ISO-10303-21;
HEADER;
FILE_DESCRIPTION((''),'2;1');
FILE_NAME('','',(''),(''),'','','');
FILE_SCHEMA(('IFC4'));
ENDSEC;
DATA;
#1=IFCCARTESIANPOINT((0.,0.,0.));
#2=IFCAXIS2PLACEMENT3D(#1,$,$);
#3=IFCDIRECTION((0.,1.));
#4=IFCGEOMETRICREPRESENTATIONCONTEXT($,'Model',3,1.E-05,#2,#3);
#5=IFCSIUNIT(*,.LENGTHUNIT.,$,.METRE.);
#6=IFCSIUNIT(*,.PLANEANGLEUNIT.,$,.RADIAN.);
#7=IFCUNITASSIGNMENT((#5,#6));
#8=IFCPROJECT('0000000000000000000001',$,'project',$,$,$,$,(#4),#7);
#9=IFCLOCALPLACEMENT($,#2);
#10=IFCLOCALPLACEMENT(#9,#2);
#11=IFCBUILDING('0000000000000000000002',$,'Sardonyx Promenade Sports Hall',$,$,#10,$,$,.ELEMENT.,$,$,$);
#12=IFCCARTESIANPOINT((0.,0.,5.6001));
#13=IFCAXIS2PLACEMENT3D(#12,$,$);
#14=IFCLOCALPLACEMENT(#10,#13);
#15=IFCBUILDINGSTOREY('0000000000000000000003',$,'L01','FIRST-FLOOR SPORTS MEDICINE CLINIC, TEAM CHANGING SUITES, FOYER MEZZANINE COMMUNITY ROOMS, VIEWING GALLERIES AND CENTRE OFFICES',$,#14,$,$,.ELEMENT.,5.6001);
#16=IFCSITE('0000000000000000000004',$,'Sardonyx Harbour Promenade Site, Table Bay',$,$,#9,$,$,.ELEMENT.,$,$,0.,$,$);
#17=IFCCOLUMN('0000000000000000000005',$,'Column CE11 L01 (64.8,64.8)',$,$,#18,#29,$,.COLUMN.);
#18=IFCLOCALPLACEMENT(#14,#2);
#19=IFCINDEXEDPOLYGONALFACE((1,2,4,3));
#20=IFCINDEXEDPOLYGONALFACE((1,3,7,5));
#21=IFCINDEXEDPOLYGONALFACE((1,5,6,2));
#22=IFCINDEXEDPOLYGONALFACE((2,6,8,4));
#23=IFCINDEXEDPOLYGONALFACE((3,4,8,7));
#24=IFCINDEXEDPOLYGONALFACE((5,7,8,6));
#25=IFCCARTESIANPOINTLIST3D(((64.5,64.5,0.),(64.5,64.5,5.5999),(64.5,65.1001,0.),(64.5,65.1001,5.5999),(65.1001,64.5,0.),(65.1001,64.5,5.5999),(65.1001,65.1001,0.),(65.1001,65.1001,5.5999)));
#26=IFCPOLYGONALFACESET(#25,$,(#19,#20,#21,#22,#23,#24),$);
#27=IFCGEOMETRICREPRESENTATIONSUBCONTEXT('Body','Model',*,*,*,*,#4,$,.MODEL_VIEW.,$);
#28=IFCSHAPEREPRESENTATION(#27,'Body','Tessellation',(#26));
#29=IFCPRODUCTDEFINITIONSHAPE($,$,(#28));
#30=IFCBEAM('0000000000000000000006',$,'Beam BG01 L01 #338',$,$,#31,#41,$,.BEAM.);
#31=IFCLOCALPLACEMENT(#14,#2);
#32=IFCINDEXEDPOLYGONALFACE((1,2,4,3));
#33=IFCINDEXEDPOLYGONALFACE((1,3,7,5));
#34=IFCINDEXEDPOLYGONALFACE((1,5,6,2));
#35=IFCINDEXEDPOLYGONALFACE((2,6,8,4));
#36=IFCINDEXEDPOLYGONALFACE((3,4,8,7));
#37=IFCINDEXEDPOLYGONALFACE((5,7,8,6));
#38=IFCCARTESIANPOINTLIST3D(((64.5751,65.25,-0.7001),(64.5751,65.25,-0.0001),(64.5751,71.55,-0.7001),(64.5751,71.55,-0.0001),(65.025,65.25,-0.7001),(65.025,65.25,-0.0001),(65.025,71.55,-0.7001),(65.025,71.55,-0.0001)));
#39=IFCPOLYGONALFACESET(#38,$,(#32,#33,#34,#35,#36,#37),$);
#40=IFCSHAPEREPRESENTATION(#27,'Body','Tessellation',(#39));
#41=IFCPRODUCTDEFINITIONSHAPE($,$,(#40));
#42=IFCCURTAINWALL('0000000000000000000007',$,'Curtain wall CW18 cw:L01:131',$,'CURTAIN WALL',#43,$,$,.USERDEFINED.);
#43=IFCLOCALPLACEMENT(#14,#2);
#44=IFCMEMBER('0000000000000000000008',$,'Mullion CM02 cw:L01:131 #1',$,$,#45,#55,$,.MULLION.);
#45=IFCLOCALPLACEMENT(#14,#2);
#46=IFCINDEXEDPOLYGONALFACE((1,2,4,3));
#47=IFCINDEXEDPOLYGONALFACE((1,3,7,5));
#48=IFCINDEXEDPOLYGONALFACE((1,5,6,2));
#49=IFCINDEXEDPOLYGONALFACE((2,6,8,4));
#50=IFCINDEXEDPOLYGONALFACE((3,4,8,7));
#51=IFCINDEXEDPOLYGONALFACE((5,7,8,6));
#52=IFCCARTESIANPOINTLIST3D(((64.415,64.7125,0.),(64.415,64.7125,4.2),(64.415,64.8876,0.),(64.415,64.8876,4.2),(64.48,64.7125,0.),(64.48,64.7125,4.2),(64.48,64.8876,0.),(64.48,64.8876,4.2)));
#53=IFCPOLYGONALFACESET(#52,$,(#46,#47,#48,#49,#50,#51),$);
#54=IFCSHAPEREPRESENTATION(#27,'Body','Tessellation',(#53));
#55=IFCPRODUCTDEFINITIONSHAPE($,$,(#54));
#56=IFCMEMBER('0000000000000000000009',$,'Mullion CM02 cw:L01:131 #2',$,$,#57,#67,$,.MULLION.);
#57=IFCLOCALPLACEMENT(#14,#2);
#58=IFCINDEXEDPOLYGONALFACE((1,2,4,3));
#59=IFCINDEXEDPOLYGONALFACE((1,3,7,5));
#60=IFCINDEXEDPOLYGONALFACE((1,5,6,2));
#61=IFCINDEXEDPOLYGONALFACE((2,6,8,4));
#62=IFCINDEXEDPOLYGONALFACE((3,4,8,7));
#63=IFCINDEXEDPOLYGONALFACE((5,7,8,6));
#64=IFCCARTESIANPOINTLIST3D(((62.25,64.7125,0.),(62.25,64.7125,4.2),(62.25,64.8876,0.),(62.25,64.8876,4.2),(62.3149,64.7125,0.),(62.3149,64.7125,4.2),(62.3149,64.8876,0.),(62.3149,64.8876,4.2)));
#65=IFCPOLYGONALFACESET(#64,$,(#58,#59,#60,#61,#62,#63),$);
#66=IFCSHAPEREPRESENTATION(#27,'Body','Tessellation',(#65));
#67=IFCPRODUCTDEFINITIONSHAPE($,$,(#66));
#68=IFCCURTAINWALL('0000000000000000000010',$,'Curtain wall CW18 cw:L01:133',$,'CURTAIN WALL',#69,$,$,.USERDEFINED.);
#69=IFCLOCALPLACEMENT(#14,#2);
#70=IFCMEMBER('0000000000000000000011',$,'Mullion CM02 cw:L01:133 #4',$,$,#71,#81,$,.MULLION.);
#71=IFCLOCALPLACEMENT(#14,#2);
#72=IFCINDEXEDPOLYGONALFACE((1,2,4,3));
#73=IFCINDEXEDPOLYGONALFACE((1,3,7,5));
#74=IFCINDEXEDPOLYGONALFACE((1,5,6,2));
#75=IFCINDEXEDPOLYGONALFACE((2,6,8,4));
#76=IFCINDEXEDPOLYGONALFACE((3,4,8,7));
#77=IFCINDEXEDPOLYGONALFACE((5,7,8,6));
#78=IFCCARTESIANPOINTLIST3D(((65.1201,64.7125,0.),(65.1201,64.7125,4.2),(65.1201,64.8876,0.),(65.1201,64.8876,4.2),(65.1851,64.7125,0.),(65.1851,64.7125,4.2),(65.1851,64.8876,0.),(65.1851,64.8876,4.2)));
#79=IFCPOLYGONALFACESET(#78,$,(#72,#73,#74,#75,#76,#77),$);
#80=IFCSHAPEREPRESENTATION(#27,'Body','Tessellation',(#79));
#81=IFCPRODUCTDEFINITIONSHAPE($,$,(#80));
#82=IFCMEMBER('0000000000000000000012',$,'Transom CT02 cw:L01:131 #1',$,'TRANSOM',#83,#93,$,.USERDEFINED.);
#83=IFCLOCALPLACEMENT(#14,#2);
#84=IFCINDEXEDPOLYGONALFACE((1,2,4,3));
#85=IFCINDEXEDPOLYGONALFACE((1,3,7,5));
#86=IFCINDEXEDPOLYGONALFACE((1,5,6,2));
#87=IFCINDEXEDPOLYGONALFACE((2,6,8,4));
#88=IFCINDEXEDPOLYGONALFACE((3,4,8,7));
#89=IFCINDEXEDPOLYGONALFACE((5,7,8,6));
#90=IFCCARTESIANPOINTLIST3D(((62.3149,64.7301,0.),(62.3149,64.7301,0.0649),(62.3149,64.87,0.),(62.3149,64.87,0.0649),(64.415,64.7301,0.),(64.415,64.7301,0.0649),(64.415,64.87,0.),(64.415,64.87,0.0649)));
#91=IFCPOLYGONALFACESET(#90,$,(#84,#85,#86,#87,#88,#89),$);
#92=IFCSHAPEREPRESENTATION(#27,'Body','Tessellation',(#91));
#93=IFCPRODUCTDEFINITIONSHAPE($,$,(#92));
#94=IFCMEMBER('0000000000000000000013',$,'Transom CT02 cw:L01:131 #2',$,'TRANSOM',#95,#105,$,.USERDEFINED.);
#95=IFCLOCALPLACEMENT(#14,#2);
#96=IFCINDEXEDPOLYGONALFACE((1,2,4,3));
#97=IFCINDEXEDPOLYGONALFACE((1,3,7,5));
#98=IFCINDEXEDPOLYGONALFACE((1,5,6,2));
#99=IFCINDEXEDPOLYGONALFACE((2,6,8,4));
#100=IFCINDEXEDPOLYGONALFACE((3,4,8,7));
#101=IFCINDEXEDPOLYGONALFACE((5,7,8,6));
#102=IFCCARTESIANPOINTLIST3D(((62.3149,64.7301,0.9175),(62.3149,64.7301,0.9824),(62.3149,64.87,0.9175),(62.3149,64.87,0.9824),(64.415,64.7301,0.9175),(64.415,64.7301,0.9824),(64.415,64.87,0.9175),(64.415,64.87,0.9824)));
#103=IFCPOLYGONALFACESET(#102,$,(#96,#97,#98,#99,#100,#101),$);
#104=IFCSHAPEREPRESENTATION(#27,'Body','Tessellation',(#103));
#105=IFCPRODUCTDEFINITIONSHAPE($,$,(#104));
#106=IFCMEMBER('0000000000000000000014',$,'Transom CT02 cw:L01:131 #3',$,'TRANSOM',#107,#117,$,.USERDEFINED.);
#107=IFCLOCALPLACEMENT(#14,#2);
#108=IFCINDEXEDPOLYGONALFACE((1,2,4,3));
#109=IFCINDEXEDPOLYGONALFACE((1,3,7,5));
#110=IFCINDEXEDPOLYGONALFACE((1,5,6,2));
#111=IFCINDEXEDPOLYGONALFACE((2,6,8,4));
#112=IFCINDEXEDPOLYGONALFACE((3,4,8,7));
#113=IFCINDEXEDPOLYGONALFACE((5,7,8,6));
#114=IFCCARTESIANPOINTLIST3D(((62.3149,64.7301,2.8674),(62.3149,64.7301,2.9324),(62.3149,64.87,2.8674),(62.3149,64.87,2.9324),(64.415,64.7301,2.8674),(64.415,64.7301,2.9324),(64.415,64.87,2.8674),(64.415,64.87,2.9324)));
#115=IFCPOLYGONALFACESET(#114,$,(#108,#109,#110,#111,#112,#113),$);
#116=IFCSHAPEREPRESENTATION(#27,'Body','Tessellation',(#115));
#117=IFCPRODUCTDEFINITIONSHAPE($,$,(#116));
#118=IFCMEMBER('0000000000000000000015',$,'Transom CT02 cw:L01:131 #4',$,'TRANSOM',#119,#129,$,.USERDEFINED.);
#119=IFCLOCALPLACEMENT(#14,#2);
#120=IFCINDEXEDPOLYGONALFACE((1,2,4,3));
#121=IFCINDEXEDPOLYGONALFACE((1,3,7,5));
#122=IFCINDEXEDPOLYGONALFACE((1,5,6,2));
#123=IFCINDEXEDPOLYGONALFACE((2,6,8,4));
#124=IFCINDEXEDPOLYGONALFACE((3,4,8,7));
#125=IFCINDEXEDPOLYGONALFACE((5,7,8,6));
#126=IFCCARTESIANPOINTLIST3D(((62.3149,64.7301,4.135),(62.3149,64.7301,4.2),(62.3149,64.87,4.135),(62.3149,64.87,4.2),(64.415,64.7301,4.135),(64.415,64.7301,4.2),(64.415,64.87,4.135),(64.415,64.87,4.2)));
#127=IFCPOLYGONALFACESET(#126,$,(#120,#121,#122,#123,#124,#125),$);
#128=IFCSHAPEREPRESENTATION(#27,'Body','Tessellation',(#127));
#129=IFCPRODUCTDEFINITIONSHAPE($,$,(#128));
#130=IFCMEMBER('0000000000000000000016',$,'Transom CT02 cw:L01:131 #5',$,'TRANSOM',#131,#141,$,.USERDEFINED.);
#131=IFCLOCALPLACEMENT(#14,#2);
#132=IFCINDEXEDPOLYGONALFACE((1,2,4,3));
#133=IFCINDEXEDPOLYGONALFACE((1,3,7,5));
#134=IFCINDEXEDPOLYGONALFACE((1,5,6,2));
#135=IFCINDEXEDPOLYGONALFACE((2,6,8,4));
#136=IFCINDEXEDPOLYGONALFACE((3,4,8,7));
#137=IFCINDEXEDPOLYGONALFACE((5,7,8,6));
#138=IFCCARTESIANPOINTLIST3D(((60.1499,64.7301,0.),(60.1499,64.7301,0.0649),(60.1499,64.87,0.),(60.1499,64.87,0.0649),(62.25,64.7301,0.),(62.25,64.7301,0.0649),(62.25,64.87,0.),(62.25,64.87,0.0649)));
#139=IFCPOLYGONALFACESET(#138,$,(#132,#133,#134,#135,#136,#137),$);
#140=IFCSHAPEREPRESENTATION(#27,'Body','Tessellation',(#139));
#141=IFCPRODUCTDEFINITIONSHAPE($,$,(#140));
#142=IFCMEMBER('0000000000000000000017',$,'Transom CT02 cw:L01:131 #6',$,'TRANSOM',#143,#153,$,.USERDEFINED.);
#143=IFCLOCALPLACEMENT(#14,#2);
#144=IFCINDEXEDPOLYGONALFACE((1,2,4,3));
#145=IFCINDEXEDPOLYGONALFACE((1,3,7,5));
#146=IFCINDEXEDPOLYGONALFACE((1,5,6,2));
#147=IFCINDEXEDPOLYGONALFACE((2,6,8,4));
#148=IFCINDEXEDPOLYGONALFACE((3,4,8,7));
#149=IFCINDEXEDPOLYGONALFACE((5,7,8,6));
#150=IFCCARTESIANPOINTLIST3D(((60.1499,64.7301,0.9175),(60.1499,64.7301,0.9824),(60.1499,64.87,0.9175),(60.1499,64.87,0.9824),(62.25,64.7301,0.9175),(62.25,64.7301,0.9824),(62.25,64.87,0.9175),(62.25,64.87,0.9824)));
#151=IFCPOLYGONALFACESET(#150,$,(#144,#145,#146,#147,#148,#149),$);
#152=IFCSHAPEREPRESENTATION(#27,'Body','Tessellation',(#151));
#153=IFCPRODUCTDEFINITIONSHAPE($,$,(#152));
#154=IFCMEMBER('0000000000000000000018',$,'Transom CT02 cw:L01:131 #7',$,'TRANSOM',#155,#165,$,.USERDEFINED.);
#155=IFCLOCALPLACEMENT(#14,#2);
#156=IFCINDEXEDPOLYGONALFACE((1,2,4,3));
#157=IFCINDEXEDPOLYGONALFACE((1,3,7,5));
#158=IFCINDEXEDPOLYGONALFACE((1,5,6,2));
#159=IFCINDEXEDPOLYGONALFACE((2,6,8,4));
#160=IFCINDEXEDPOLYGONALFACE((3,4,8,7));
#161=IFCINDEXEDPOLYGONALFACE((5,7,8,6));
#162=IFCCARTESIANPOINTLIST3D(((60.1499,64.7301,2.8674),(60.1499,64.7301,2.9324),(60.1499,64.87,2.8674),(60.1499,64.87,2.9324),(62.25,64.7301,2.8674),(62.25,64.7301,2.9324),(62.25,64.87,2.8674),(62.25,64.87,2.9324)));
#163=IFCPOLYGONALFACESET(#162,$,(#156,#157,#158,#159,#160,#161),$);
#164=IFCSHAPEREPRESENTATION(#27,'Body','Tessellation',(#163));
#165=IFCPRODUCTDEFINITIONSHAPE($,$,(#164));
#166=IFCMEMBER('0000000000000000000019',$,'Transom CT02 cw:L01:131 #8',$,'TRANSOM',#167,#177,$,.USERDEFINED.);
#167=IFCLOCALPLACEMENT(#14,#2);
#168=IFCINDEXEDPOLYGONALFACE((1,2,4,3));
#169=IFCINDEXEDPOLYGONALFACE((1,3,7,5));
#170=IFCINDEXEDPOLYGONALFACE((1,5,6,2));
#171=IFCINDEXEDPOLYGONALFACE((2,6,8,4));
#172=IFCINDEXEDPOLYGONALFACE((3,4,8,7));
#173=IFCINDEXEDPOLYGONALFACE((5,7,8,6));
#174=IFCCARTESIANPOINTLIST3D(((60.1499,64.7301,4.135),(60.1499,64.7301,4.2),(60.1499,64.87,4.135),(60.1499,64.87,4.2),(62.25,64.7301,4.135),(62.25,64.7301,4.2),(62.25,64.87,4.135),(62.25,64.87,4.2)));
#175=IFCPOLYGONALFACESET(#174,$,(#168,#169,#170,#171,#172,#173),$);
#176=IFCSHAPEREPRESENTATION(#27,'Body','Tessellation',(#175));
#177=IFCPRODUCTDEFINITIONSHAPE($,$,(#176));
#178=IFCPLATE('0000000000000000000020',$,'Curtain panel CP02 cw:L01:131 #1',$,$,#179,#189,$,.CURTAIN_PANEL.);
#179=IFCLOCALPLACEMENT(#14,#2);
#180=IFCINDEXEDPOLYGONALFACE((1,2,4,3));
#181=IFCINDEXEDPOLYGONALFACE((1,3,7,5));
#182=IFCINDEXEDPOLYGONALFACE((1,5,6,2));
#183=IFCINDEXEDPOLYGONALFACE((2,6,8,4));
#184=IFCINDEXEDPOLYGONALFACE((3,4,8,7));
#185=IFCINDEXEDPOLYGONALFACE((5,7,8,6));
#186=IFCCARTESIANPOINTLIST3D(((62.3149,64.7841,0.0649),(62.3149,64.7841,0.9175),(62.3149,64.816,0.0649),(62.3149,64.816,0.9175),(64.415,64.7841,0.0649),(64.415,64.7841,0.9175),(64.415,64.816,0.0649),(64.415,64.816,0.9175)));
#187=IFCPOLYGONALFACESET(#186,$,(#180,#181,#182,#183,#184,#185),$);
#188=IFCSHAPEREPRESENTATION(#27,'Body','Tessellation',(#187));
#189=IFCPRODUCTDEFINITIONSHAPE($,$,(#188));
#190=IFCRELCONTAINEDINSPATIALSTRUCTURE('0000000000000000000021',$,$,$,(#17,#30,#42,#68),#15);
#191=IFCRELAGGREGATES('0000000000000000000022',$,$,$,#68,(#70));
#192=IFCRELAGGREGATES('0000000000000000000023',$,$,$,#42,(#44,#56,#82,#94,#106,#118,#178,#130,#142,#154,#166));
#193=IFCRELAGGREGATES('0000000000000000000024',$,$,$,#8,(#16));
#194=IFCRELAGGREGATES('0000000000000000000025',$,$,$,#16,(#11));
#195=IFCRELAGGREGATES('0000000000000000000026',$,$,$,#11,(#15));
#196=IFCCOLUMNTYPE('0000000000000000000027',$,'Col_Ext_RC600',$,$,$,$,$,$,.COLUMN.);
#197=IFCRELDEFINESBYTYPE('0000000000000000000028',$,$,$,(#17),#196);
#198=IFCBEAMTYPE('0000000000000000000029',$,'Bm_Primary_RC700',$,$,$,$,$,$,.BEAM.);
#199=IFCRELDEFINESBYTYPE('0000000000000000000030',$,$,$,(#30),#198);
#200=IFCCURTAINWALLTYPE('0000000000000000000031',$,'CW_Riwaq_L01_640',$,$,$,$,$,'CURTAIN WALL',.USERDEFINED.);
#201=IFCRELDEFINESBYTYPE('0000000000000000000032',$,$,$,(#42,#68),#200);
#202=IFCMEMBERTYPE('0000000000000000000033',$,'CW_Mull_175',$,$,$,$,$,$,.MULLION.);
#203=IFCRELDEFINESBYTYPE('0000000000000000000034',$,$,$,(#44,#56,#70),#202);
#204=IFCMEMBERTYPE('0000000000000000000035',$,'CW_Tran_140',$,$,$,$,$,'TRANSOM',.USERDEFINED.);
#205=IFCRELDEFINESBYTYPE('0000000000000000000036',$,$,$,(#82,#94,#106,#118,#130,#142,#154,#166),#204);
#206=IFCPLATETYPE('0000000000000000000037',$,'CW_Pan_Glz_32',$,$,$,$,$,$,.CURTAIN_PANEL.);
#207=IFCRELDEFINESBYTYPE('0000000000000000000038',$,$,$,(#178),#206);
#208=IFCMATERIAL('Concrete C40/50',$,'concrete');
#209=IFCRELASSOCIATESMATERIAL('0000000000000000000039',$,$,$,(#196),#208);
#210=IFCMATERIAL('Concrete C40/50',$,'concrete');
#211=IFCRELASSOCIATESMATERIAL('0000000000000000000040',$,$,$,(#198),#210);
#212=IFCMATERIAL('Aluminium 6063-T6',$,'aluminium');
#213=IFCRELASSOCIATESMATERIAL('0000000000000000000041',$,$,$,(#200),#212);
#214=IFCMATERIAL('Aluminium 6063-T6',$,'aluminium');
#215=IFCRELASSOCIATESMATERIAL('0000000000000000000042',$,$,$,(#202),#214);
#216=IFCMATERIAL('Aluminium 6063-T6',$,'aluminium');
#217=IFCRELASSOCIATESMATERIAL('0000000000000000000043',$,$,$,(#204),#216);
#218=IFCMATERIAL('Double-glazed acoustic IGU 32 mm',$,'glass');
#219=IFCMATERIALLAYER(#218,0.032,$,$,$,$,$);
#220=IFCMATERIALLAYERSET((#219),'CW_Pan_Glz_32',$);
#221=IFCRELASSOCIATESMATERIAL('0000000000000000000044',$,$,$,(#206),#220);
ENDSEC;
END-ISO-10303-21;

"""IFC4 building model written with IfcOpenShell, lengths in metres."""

from ifc_helpers import new_model, si_unit, direction, frame, origin, origin_2d, place, context, subcontext, project, spatial, rectangle, extrude, material, layer, layer_set, material_profile, profile_set, type_object, element, aggregate, save


model = new_model("IFC4")

# Units and contexts
model_context = context("Model", 3, precision=1e-05, world=origin(), true_north=direction((0.0, 1.0)))
body_context = subcontext(model_context, "Body", "Model", "MODEL_VIEW")
ifc_project = project(units=[si_unit("LENGTHUNIT", "METRE"), si_unit("PLANEANGLEUNIT", "RADIAN")], contexts=[model_context])

# Site, building, storey
site_placement = place(None, origin())
site = spatial("IfcSite", under=ifc_project, at=site_placement, Name="Sardonyx Harbour Promenade Site, Table Bay", CompositionType="ELEMENT", RefElevation=0.0)
building_placement = place(site_placement, origin())
building = spatial("IfcBuilding", under=site, at=building_placement, Name="Sardonyx Promenade Sports Hall", CompositionType="ELEMENT")
storey_placement = place(building_placement, frame((0.0, 0.0, 5.6001)))
storey = spatial("IfcBuildingStorey", under=building, at=storey_placement, Name="L01", Description="FIRST-FLOOR SPORTS MEDICINE CLINIC, TEAM CHANGING SUITES, FOYER MEZZANINE COMMUNITY ROOMS, VIEWING GALLERIES AND CENTRE OFFICES", CompositionType="ELEMENT", Elevation=5.6001)

# Column
ifc_material_1 = material(Name="Concrete C40/50", Category="concrete")
ifc_material_profile_1 = material_profile(ifc_material_1, rectangle(XDim=0.6001, YDim=0.6001, at=origin_2d()))
ifc_profile_set_1 = profile_set([ifc_material_profile_1], Name="Concrete C40/50")
column_type = type_object("IfcColumnType", Name="Col_Ext_RC600", PredefinedType="COLUMN", material=ifc_profile_set_1)
column_placement = place(storey_placement, frame((64.8, 64.8, 0.0), z_axis=(0.0, 0.0, 1.0), x_axis=(1.0, 0.0, 0.0)))
element("IfcColumn", 1, at=column_placement, inside=storey, type_object=column_type, Name="Column CE11 L01 (64.8,64.8)", PredefinedType="COLUMN", context=body_context, shape_type="SweptSolid", body=[
    extrude(rectangle(XDim=0.6001, YDim=0.6001, at=origin_2d()), origin(), (0.0, 0.0, 1.0), 5.5999),
])

# Beam
ifc_material_2 = material(Name="Concrete C40/50", Category="concrete")
ifc_material_profile_2 = material_profile(ifc_material_2, rectangle(XDim=0.45, YDim=0.7, at=origin_2d()))
ifc_profile_set_2 = profile_set([ifc_material_profile_2], Name="Concrete C40/50")
beam_type = type_object("IfcBeamType", Name="Bm_Primary_RC700", PredefinedType="BEAM", material=ifc_profile_set_2)
beam_placement = place(storey_placement, frame((64.8, 65.25, -0.3501), z_axis=(0.0, 1.0, 0.0), x_axis=(-1.0, 0.0, 0.0)))
element("IfcBeam", 2, at=beam_placement, inside=storey, type_object=beam_type, Name="Beam BG01 L01 #338", PredefinedType="BEAM", context=body_context, shape_type="SweptSolid", body=[
    extrude(rectangle(XDim=0.45, YDim=0.7, at=origin_2d()), origin(), (0.0, 0.0, 1.0), 6.3),
])

# Curtain wall, members
ifc_material_3 = material(Name="Aluminium 6063-T6", Category="aluminium")
curtain_wall_type = type_object("IfcCurtainWallType", Name="CW_Riwaq_L01_640", ElementType="CURTAIN WALL", PredefinedType="USERDEFINED", material=ifc_material_3)
curtain_wall_1_placement = place(storey_placement, origin())
curtain_wall_1 = element("IfcCurtainWall", 3, at=curtain_wall_1_placement, inside=storey, type_object=curtain_wall_type, Name="Curtain wall CW18 cw:L01:131", ObjectType="CURTAIN WALL", PredefinedType="USERDEFINED")
ifc_material_4 = material(Name="Aluminium 6063-T6", Category="aluminium")
ifc_material_profile_3 = material_profile(ifc_material_4, rectangle(XDim=0.0649, YDim=0.175, at=origin_2d()))
ifc_profile_set_3 = profile_set([ifc_material_profile_3], Name="Aluminium 6063-T6")
member_type_1 = type_object("IfcMemberType", Name="CW_Mull_175", PredefinedType="MULLION", material=ifc_profile_set_3)
member_1_placement = place(storey_placement, frame((64.4475, 64.8, 0.0), z_axis=(0.0, 0.0, 1.0), x_axis=(-1.0, 0.0, 0.0)))
member_1 = element("IfcMember", 4, at=member_1_placement, type_object=member_type_1, Name="Mullion CM02 cw:L01:131 #1", PredefinedType="MULLION", context=body_context, shape_type="SweptSolid", body=[
    extrude(rectangle(XDim=0.0649, YDim=0.175, at=origin_2d()), origin(), (0.0, 0.0, 1.0), 4.2),
])
member_2_placement = place(storey_placement, frame((62.2825, 64.8, 0.0), z_axis=(0.0, 0.0, 1.0), x_axis=(-1.0, 0.0, 0.0)))
member_2 = element("IfcMember", 5, at=member_2_placement, type_object=member_type_1, Name="Mullion CM02 cw:L01:131 #2", PredefinedType="MULLION", context=body_context, shape_type="SweptSolid", body=[
    extrude(rectangle(XDim=0.0649, YDim=0.175, at=origin_2d()), origin(), (0.0, 0.0, 1.0), 4.2),
])

# Curtain wall, member
curtain_wall_2_placement = place(storey_placement, origin())
curtain_wall_2 = element("IfcCurtainWall", 6, at=curtain_wall_2_placement, inside=storey, type_object=curtain_wall_type, Name="Curtain wall CW18 cw:L01:133", ObjectType="CURTAIN WALL", PredefinedType="USERDEFINED")
member_3_placement = place(storey_placement, frame((65.1526, 64.8, 0.0), z_axis=(0.0, 0.0, 1.0), x_axis=(-1.0, 0.0, 0.0)))
member_3 = element("IfcMember", 7, at=member_3_placement, type_object=member_type_1, Name="Mullion CM02 cw:L01:133 #4", PredefinedType="MULLION", context=body_context, shape_type="SweptSolid", body=[
    extrude(rectangle(XDim=0.0649, YDim=0.175, at=origin_2d()), origin(), (0.0, 0.0, 1.0), 4.2),
])
aggregate(curtain_wall_2, [member_3])

# Members
ifc_material_5 = material(Name="Aluminium 6063-T6", Category="aluminium")
ifc_material_profile_4 = material_profile(ifc_material_5, rectangle(XDim=0.0649, YDim=0.1399, at=origin_2d()))
ifc_profile_set_4 = profile_set([ifc_material_profile_4], Name="Aluminium 6063-T6")
member_type_2 = type_object("IfcMemberType", Name="CW_Tran_140", ElementType="TRANSOM", PredefinedType="USERDEFINED", material=ifc_profile_set_4)
member_4_placement = place(storey_placement, frame((64.415, 64.8, 0.0325), z_axis=(-1.0, 0.0, 0.0), x_axis=(0.0, 0.0, 1.0)))
member_4 = element("IfcMember", 8, at=member_4_placement, type_object=member_type_2, Name="Transom CT02 cw:L01:131 #1", ObjectType="TRANSOM", PredefinedType="USERDEFINED", context=body_context, shape_type="SweptSolid", body=[
    extrude(rectangle(XDim=0.0649, YDim=0.1399, at=origin_2d()), origin(), (0.0, 0.0, 1.0), 2.1001),
])
member_5_placement = place(storey_placement, frame((64.415, 64.8, 0.95), z_axis=(-1.0, 0.0, 0.0), x_axis=(0.0, 0.0, 1.0)))
member_5 = element("IfcMember", 9, at=member_5_placement, type_object=member_type_2, Name="Transom CT02 cw:L01:131 #2", ObjectType="TRANSOM", PredefinedType="USERDEFINED", context=body_context, shape_type="SweptSolid", body=[
    extrude(rectangle(XDim=0.0649, YDim=0.1399, at=origin_2d()), origin(), (0.0, 0.0, 1.0), 2.1001),
])
member_6_placement = place(storey_placement, frame((64.415, 64.8, 2.8999), z_axis=(-1.0, 0.0, 0.0), x_axis=(0.0, 0.0, 1.0)))
member_6 = element("IfcMember", 10, at=member_6_placement, type_object=member_type_2, Name="Transom CT02 cw:L01:131 #3", ObjectType="TRANSOM", PredefinedType="USERDEFINED", context=body_context, shape_type="SweptSolid", body=[
    extrude(rectangle(XDim=0.0649, YDim=0.1399, at=origin_2d()), origin(), (0.0, 0.0, 1.0), 2.1001),
])
member_7_placement = place(storey_placement, frame((64.415, 64.8, 4.1675), z_axis=(-1.0, 0.0, 0.0), x_axis=(0.0, 0.0, 1.0)))
member_7 = element("IfcMember", 11, at=member_7_placement, type_object=member_type_2, Name="Transom CT02 cw:L01:131 #4", ObjectType="TRANSOM", PredefinedType="USERDEFINED", context=body_context, shape_type="SweptSolid", body=[
    extrude(rectangle(XDim=0.0649, YDim=0.1399, at=origin_2d()), origin(), (0.0, 0.0, 1.0), 2.1001),
])
member_8_placement = place(storey_placement, frame((62.25, 64.8, 0.0325), z_axis=(-1.0, 0.0, 0.0), x_axis=(0.0, 0.0, 1.0)))
member_8 = element("IfcMember", 12, at=member_8_placement, type_object=member_type_2, Name="Transom CT02 cw:L01:131 #5", ObjectType="TRANSOM", PredefinedType="USERDEFINED", context=body_context, shape_type="SweptSolid", body=[
    extrude(rectangle(XDim=0.0649, YDim=0.1399, at=origin_2d()), origin(), (0.0, 0.0, 1.0), 2.1001),
])
member_9_placement = place(storey_placement, frame((62.25, 64.8, 0.95), z_axis=(-1.0, 0.0, 0.0), x_axis=(0.0, 0.0, 1.0)))
member_9 = element("IfcMember", 13, at=member_9_placement, type_object=member_type_2, Name="Transom CT02 cw:L01:131 #6", ObjectType="TRANSOM", PredefinedType="USERDEFINED", context=body_context, shape_type="SweptSolid", body=[
    extrude(rectangle(XDim=0.0649, YDim=0.1399, at=origin_2d()), origin(), (0.0, 0.0, 1.0), 2.1001),
])
member_10_placement = place(storey_placement, frame((62.25, 64.8, 2.8999), z_axis=(-1.0, 0.0, 0.0), x_axis=(0.0, 0.0, 1.0)))
member_10 = element("IfcMember", 14, at=member_10_placement, type_object=member_type_2, Name="Transom CT02 cw:L01:131 #7", ObjectType="TRANSOM", PredefinedType="USERDEFINED", context=body_context, shape_type="SweptSolid", body=[
    extrude(rectangle(XDim=0.0649, YDim=0.1399, at=origin_2d()), origin(), (0.0, 0.0, 1.0), 2.1001),
])
member_11_placement = place(storey_placement, frame((62.25, 64.8, 4.1675), z_axis=(-1.0, 0.0, 0.0), x_axis=(0.0, 0.0, 1.0)))
member_11 = element("IfcMember", 15, at=member_11_placement, type_object=member_type_2, Name="Transom CT02 cw:L01:131 #8", ObjectType="TRANSOM", PredefinedType="USERDEFINED", context=body_context, shape_type="SweptSolid", body=[
    extrude(rectangle(XDim=0.0649, YDim=0.1399, at=origin_2d()), origin(), (0.0, 0.0, 1.0), 2.1001),
])

# Plate
ifc_material_6 = material(Name="Double-glazed acoustic IGU 32 mm", Category="glass")
ifc_layer_1 = layer(ifc_material_6, 0.032)
ifc_layer_set_1 = layer_set([ifc_layer_1], Name="CW_Pan_Glz_32")
plate_type = type_object("IfcPlateType", Name="CW_Pan_Glz_32", PredefinedType="CURTAIN_PANEL", material=ifc_layer_set_1)
plate_1_placement = place(storey_placement, frame((63.365, 64.8, 0.0649), z_axis=(0.0, 0.0, 1.0), x_axis=(-1.0, 0.0, 0.0)))
plate_1 = element("IfcPlate", 16, at=plate_1_placement, type_object=plate_type, Name="Curtain panel CP02 cw:L01:131 #1", PredefinedType="CURTAIN_PANEL", context=body_context, shape_type="SweptSolid", body=[
    extrude(rectangle(XDim=2.1001, YDim=0.032, at=origin_2d()), origin(), (0.0, 0.0, 1.0), 0.8525),
])
aggregate(curtain_wall_1, [member_1, member_2, member_4, member_5, member_6, member_7, plate_1, member_8, member_9, member_10, member_11])

save(model, "model.ifc")
